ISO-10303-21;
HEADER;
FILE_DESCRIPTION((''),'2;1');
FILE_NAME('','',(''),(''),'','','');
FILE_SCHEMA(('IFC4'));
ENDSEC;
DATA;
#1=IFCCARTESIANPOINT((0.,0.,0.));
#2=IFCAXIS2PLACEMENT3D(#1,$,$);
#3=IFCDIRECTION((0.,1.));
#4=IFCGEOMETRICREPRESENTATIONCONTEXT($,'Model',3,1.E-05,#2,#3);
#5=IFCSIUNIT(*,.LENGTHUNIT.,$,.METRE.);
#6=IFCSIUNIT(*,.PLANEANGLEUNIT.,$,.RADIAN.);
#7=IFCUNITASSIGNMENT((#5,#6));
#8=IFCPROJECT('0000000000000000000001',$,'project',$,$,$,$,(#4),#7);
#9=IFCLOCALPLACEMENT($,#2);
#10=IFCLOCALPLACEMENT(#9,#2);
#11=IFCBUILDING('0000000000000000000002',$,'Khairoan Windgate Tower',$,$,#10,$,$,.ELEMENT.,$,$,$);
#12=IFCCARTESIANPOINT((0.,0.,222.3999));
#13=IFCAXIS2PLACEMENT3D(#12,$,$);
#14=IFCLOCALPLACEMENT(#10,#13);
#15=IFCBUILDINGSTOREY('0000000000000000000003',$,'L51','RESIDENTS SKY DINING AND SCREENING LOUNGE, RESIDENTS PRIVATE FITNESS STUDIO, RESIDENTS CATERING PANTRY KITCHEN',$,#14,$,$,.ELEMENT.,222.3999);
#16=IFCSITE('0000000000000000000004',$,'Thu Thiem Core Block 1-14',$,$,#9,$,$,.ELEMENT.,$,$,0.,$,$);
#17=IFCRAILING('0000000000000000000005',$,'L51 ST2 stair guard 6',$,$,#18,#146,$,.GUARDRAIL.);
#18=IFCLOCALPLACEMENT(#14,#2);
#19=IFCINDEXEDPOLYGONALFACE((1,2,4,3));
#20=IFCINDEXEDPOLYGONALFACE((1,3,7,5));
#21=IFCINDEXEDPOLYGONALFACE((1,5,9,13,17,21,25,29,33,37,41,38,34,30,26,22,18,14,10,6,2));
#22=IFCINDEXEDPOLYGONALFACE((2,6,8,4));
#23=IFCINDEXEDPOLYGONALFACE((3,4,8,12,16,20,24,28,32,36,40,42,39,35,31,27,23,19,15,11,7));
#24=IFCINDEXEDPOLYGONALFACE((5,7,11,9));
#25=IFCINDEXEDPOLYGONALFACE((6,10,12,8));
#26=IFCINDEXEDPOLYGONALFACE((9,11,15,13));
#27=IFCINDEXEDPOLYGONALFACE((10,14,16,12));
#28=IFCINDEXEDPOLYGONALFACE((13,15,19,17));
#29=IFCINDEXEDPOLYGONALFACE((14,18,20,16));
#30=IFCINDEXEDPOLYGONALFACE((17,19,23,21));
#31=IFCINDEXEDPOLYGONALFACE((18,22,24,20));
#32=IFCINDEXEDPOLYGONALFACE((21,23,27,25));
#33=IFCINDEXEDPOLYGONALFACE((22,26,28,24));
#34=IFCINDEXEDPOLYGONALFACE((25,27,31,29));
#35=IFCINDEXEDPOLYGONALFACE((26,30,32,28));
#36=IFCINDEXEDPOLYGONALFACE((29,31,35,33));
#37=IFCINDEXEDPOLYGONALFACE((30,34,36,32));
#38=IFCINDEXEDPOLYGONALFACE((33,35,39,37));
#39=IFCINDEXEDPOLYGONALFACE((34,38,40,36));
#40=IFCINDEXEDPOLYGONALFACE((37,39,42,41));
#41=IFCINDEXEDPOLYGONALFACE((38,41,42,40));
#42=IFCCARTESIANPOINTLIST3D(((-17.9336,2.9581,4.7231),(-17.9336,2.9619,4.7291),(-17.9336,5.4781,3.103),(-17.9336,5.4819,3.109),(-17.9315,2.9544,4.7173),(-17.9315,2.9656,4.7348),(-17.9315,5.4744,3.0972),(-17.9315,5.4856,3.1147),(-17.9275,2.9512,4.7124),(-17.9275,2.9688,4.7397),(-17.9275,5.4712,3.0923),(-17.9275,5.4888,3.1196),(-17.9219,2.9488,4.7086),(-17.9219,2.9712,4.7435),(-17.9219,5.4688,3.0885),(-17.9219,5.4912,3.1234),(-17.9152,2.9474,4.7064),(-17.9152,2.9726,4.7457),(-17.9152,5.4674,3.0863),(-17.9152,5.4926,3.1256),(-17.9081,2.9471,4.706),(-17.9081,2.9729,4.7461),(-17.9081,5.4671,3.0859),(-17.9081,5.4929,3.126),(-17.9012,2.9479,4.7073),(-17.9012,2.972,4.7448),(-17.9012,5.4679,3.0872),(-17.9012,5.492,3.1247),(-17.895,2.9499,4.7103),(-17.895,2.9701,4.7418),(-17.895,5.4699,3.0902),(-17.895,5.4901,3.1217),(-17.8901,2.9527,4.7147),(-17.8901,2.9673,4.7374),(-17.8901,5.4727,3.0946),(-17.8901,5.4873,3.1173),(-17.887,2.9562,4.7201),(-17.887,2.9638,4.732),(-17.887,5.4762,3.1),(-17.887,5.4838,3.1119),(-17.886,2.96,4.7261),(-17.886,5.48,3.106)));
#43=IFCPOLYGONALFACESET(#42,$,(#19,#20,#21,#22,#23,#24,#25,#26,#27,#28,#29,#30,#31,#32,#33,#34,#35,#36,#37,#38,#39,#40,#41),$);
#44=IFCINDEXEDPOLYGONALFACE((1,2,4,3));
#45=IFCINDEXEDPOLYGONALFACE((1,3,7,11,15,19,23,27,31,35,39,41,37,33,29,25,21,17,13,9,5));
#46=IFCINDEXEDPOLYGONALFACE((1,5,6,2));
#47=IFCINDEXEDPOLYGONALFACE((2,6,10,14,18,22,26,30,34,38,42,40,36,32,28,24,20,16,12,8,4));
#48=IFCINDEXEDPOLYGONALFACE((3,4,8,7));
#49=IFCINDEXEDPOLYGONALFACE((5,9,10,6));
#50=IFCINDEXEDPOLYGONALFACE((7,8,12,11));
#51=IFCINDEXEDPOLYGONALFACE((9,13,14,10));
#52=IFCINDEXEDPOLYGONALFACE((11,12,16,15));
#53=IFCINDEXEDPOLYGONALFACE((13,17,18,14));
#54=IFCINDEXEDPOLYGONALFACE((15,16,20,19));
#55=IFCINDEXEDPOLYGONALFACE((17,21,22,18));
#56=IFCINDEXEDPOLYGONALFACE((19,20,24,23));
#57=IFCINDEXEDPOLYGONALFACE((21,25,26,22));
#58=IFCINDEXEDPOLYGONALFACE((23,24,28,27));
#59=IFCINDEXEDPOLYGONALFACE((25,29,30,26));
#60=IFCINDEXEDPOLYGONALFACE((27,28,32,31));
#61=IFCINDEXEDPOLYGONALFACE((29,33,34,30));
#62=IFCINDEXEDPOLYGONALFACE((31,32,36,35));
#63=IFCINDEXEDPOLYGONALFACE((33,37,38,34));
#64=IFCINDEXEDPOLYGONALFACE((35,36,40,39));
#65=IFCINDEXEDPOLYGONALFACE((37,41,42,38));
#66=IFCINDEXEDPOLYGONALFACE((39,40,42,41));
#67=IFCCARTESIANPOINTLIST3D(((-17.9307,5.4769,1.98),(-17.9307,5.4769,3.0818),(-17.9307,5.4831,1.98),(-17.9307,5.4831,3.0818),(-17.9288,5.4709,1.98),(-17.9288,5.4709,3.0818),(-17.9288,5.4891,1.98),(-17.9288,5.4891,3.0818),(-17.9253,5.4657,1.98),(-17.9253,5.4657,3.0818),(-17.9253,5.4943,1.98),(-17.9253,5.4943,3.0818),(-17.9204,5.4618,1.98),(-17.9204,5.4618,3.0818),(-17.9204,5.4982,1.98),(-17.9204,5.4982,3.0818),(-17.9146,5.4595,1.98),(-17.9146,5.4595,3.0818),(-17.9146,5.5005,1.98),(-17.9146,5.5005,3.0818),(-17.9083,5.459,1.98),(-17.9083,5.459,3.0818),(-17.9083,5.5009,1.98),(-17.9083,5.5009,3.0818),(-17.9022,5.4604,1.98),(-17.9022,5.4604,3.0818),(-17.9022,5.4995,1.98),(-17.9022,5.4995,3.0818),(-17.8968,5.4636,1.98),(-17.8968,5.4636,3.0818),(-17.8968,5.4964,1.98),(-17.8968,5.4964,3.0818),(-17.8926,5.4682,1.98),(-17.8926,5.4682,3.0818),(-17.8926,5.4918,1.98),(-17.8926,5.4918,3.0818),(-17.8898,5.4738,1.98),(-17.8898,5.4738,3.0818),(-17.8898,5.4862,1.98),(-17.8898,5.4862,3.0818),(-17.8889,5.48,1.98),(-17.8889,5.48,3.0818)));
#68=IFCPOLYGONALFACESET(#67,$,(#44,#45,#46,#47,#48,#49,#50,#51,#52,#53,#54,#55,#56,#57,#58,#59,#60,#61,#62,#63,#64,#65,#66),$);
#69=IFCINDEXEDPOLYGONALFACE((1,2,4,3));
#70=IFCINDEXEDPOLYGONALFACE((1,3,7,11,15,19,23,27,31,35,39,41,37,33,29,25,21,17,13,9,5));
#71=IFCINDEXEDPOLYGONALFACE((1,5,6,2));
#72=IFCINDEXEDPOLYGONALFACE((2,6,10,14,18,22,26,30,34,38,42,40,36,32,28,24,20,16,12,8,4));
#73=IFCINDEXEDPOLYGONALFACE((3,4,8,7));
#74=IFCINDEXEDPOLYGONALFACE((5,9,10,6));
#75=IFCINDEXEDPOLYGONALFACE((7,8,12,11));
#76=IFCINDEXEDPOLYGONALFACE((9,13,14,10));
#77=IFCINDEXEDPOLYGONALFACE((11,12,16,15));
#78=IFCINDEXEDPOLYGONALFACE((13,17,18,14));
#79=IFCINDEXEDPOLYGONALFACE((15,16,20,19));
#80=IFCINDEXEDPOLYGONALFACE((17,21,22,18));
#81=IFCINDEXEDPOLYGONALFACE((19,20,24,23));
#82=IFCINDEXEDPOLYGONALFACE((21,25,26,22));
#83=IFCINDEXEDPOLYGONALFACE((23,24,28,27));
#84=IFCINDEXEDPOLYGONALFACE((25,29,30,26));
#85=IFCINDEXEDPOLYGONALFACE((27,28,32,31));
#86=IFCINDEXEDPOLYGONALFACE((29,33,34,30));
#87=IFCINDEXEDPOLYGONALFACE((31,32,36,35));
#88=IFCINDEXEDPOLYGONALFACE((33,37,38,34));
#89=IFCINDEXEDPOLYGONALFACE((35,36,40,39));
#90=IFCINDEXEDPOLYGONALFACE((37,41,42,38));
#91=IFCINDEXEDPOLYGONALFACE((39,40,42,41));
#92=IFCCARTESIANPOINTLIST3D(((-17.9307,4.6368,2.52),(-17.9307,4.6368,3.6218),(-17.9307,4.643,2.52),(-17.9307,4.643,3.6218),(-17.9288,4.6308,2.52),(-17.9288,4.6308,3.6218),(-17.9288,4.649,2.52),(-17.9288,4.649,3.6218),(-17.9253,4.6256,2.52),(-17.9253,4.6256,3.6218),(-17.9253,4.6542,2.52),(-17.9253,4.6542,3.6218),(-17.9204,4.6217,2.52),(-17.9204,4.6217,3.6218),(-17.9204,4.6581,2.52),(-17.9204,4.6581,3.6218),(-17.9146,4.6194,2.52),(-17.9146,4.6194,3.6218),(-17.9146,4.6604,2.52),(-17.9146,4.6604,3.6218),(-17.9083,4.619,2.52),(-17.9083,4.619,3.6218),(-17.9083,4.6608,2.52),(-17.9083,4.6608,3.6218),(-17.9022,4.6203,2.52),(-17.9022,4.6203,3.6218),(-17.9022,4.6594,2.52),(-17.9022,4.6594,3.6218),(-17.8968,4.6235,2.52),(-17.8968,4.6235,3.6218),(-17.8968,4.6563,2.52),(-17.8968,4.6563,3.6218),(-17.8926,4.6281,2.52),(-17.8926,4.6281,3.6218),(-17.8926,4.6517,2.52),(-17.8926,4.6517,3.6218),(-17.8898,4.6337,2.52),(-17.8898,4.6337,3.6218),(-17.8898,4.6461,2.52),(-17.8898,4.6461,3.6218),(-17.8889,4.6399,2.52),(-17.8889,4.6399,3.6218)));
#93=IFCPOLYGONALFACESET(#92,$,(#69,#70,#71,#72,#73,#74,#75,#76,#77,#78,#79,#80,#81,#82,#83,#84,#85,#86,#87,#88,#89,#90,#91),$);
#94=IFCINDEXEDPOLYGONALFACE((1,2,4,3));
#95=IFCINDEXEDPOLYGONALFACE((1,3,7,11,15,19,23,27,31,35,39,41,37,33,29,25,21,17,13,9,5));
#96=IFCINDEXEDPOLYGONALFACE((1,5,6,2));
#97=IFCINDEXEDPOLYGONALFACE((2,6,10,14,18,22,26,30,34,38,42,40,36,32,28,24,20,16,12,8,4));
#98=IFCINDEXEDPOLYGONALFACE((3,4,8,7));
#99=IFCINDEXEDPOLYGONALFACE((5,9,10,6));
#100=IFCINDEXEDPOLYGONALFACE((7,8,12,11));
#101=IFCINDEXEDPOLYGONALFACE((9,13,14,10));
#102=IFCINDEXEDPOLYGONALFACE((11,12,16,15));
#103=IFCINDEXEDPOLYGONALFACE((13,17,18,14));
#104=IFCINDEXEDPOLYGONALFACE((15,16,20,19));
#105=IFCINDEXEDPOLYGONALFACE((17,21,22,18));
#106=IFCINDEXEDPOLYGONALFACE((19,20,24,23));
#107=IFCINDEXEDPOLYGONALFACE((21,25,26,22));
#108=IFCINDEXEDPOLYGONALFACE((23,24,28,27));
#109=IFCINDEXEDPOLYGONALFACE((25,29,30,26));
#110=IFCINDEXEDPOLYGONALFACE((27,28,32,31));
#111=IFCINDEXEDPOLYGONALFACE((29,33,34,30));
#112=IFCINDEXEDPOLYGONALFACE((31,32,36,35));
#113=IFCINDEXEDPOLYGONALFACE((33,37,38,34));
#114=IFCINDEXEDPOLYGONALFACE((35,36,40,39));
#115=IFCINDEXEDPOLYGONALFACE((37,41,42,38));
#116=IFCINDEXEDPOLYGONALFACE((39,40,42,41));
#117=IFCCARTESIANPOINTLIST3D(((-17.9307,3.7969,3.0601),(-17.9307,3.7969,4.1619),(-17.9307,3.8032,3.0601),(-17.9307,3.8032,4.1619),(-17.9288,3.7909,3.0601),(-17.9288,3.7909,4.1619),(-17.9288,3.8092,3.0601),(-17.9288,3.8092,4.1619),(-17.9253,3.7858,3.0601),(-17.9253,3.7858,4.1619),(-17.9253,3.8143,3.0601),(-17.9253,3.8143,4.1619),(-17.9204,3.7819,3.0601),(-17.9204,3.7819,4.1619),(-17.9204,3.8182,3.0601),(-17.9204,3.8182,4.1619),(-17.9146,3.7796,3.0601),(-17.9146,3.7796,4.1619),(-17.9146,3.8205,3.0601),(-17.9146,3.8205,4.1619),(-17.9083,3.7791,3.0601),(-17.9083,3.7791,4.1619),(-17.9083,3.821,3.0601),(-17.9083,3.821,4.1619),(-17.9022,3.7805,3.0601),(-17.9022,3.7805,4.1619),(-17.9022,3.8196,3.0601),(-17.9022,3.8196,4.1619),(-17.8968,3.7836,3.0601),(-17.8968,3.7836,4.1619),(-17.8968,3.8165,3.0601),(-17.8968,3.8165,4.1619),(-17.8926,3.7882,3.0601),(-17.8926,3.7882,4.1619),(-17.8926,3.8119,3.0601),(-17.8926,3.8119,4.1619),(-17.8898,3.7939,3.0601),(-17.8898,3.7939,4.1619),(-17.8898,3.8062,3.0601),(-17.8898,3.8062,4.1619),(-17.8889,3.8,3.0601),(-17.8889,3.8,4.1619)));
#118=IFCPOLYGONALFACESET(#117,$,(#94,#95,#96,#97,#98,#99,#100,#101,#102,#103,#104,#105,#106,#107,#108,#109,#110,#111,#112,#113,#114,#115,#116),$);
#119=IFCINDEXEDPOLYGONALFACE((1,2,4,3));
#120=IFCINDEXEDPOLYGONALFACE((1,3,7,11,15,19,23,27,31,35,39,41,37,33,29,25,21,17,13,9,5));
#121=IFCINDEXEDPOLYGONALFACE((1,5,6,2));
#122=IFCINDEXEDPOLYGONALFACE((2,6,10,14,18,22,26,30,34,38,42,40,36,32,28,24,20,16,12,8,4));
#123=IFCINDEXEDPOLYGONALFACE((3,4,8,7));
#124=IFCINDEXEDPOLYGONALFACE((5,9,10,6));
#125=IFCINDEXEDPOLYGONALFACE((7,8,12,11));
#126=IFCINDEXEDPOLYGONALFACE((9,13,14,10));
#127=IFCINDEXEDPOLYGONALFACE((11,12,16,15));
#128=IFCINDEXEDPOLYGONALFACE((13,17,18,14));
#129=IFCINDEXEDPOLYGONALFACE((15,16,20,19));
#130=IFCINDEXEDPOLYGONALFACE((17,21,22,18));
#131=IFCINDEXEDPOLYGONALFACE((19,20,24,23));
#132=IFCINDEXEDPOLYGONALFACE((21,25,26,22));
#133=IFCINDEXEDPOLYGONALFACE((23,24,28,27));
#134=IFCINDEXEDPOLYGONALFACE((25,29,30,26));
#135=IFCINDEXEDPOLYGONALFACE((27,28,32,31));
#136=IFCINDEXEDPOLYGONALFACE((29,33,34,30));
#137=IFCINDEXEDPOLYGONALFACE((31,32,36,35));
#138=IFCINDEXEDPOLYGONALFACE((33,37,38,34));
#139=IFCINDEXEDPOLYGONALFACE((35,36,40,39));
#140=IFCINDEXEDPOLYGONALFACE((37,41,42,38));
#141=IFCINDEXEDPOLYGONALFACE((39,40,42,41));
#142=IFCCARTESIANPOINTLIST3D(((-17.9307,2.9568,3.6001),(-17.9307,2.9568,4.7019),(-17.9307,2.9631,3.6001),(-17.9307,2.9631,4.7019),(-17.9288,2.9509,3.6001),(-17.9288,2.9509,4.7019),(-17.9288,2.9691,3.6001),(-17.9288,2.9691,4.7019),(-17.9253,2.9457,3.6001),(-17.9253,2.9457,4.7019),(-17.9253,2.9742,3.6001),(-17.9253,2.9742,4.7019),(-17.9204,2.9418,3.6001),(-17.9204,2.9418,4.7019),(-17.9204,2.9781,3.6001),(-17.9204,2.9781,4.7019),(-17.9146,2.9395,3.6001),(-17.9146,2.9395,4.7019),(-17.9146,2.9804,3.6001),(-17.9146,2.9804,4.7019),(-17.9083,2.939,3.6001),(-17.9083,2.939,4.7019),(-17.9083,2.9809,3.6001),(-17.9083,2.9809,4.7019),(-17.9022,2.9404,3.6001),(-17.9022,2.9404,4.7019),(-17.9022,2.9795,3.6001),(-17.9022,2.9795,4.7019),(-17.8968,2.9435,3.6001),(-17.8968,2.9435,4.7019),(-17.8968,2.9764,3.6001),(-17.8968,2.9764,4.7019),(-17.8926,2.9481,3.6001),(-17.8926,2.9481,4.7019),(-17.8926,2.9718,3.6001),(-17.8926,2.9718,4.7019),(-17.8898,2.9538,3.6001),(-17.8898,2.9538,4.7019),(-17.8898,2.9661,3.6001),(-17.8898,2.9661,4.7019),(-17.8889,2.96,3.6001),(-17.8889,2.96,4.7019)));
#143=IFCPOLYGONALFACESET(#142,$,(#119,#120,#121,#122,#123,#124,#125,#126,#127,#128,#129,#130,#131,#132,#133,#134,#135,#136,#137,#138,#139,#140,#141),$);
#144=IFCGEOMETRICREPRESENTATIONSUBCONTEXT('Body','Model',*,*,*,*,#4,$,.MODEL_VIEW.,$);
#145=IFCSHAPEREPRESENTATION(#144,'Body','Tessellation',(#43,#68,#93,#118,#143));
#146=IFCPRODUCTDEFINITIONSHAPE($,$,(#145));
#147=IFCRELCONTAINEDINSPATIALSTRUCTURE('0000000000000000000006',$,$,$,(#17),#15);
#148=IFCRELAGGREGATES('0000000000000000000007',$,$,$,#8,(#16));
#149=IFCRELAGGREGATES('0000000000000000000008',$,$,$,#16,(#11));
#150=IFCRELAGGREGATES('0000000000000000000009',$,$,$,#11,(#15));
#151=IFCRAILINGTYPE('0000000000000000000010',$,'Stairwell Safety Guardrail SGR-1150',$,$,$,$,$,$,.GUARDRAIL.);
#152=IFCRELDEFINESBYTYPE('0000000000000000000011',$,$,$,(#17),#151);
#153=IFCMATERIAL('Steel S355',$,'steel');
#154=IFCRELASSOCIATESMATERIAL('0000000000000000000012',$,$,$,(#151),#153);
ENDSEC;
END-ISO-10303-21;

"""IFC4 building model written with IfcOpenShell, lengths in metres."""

from ifc_helpers import new_model, si_unit, direction, frame, origin, origin_2d, place, context, subcontext, project, spatial, circle, extrude, material, type_object, element, save


model = new_model("IFC4")

# Units and contexts
model_context = context("Model", 3, precision=1e-05, world=origin(), true_north=direction((0.0, 1.0)))
body_context = subcontext(model_context, "Body", "Model", "MODEL_VIEW")
ifc_project = project(units=[si_unit("LENGTHUNIT", "METRE"), si_unit("PLANEANGLEUNIT", "RADIAN")], contexts=[model_context])

# Site, building, storey
site_placement = place(None, origin())
site = spatial("IfcSite", under=ifc_project, at=site_placement, Name="Thu Thiem Core Block 1-14", CompositionType="ELEMENT", RefElevation=0.0)
building_placement = place(site_placement, origin())
building = spatial("IfcBuilding", under=site, at=building_placement, Name="Khairoan Windgate Tower", CompositionType="ELEMENT")
storey_placement = place(building_placement, frame((0.0, 0.0, 222.3999)))
storey = spatial("IfcBuildingStorey", under=building, at=storey_placement, Name="L51", Description="RESIDENTS SKY DINING AND SCREENING LOUNGE, RESIDENTS PRIVATE FITNESS STUDIO, RESIDENTS CATERING PANTRY KITCHEN", CompositionType="ELEMENT", Elevation=222.3999)

# Railing
ifc_material_1 = material(Name="Steel S355", Category="steel")
railing_type_1 = type_object("IfcRailingType", Name="Stairwell Safety Guardrail SGR-1150", PredefinedType="GUARDRAIL", material=ifc_material_1)
railing_1_placement = place(storey_placement, frame((-17.9099, 5.48, 1.98)))
element("IfcRailing", 1, at=railing_1_placement, inside=storey, type_object=railing_type_1, Name="L51 ST2 stair guard 6", PredefinedType="GUARDRAIL", context=body_context, shape_type="SweptSolid", body=[
    extrude(circle(Radius=0.0239, at=origin_2d()), frame((0.0, 0.0, 1.126), z_axis=(0.0, -0.841163, 0.540782), x_axis=(1.0, 0.0, 0.0)), (0.0, 0.0, 1.0), 2.9958),
    extrude(circle(Radius=0.021, at=origin_2d()), origin(), (0.0, 0.0, 1.0), 1.1018),
    extrude(circle(Radius=0.021, at=origin_2d()), frame((0.0, -0.8401, 0.54)), (0.0, 0.0, 1.0), 1.1018),
    extrude(circle(Radius=0.021, at=origin_2d()), frame((0.0, -1.6799, 1.0801)), (0.0, 0.0, 1.0), 1.1018),
    extrude(circle(Radius=0.021, at=origin_2d()), frame((0.0, -2.52, 1.6201)), (0.0, 0.0, 1.0), 1.1018),
])

save(model, "model.ifc")
